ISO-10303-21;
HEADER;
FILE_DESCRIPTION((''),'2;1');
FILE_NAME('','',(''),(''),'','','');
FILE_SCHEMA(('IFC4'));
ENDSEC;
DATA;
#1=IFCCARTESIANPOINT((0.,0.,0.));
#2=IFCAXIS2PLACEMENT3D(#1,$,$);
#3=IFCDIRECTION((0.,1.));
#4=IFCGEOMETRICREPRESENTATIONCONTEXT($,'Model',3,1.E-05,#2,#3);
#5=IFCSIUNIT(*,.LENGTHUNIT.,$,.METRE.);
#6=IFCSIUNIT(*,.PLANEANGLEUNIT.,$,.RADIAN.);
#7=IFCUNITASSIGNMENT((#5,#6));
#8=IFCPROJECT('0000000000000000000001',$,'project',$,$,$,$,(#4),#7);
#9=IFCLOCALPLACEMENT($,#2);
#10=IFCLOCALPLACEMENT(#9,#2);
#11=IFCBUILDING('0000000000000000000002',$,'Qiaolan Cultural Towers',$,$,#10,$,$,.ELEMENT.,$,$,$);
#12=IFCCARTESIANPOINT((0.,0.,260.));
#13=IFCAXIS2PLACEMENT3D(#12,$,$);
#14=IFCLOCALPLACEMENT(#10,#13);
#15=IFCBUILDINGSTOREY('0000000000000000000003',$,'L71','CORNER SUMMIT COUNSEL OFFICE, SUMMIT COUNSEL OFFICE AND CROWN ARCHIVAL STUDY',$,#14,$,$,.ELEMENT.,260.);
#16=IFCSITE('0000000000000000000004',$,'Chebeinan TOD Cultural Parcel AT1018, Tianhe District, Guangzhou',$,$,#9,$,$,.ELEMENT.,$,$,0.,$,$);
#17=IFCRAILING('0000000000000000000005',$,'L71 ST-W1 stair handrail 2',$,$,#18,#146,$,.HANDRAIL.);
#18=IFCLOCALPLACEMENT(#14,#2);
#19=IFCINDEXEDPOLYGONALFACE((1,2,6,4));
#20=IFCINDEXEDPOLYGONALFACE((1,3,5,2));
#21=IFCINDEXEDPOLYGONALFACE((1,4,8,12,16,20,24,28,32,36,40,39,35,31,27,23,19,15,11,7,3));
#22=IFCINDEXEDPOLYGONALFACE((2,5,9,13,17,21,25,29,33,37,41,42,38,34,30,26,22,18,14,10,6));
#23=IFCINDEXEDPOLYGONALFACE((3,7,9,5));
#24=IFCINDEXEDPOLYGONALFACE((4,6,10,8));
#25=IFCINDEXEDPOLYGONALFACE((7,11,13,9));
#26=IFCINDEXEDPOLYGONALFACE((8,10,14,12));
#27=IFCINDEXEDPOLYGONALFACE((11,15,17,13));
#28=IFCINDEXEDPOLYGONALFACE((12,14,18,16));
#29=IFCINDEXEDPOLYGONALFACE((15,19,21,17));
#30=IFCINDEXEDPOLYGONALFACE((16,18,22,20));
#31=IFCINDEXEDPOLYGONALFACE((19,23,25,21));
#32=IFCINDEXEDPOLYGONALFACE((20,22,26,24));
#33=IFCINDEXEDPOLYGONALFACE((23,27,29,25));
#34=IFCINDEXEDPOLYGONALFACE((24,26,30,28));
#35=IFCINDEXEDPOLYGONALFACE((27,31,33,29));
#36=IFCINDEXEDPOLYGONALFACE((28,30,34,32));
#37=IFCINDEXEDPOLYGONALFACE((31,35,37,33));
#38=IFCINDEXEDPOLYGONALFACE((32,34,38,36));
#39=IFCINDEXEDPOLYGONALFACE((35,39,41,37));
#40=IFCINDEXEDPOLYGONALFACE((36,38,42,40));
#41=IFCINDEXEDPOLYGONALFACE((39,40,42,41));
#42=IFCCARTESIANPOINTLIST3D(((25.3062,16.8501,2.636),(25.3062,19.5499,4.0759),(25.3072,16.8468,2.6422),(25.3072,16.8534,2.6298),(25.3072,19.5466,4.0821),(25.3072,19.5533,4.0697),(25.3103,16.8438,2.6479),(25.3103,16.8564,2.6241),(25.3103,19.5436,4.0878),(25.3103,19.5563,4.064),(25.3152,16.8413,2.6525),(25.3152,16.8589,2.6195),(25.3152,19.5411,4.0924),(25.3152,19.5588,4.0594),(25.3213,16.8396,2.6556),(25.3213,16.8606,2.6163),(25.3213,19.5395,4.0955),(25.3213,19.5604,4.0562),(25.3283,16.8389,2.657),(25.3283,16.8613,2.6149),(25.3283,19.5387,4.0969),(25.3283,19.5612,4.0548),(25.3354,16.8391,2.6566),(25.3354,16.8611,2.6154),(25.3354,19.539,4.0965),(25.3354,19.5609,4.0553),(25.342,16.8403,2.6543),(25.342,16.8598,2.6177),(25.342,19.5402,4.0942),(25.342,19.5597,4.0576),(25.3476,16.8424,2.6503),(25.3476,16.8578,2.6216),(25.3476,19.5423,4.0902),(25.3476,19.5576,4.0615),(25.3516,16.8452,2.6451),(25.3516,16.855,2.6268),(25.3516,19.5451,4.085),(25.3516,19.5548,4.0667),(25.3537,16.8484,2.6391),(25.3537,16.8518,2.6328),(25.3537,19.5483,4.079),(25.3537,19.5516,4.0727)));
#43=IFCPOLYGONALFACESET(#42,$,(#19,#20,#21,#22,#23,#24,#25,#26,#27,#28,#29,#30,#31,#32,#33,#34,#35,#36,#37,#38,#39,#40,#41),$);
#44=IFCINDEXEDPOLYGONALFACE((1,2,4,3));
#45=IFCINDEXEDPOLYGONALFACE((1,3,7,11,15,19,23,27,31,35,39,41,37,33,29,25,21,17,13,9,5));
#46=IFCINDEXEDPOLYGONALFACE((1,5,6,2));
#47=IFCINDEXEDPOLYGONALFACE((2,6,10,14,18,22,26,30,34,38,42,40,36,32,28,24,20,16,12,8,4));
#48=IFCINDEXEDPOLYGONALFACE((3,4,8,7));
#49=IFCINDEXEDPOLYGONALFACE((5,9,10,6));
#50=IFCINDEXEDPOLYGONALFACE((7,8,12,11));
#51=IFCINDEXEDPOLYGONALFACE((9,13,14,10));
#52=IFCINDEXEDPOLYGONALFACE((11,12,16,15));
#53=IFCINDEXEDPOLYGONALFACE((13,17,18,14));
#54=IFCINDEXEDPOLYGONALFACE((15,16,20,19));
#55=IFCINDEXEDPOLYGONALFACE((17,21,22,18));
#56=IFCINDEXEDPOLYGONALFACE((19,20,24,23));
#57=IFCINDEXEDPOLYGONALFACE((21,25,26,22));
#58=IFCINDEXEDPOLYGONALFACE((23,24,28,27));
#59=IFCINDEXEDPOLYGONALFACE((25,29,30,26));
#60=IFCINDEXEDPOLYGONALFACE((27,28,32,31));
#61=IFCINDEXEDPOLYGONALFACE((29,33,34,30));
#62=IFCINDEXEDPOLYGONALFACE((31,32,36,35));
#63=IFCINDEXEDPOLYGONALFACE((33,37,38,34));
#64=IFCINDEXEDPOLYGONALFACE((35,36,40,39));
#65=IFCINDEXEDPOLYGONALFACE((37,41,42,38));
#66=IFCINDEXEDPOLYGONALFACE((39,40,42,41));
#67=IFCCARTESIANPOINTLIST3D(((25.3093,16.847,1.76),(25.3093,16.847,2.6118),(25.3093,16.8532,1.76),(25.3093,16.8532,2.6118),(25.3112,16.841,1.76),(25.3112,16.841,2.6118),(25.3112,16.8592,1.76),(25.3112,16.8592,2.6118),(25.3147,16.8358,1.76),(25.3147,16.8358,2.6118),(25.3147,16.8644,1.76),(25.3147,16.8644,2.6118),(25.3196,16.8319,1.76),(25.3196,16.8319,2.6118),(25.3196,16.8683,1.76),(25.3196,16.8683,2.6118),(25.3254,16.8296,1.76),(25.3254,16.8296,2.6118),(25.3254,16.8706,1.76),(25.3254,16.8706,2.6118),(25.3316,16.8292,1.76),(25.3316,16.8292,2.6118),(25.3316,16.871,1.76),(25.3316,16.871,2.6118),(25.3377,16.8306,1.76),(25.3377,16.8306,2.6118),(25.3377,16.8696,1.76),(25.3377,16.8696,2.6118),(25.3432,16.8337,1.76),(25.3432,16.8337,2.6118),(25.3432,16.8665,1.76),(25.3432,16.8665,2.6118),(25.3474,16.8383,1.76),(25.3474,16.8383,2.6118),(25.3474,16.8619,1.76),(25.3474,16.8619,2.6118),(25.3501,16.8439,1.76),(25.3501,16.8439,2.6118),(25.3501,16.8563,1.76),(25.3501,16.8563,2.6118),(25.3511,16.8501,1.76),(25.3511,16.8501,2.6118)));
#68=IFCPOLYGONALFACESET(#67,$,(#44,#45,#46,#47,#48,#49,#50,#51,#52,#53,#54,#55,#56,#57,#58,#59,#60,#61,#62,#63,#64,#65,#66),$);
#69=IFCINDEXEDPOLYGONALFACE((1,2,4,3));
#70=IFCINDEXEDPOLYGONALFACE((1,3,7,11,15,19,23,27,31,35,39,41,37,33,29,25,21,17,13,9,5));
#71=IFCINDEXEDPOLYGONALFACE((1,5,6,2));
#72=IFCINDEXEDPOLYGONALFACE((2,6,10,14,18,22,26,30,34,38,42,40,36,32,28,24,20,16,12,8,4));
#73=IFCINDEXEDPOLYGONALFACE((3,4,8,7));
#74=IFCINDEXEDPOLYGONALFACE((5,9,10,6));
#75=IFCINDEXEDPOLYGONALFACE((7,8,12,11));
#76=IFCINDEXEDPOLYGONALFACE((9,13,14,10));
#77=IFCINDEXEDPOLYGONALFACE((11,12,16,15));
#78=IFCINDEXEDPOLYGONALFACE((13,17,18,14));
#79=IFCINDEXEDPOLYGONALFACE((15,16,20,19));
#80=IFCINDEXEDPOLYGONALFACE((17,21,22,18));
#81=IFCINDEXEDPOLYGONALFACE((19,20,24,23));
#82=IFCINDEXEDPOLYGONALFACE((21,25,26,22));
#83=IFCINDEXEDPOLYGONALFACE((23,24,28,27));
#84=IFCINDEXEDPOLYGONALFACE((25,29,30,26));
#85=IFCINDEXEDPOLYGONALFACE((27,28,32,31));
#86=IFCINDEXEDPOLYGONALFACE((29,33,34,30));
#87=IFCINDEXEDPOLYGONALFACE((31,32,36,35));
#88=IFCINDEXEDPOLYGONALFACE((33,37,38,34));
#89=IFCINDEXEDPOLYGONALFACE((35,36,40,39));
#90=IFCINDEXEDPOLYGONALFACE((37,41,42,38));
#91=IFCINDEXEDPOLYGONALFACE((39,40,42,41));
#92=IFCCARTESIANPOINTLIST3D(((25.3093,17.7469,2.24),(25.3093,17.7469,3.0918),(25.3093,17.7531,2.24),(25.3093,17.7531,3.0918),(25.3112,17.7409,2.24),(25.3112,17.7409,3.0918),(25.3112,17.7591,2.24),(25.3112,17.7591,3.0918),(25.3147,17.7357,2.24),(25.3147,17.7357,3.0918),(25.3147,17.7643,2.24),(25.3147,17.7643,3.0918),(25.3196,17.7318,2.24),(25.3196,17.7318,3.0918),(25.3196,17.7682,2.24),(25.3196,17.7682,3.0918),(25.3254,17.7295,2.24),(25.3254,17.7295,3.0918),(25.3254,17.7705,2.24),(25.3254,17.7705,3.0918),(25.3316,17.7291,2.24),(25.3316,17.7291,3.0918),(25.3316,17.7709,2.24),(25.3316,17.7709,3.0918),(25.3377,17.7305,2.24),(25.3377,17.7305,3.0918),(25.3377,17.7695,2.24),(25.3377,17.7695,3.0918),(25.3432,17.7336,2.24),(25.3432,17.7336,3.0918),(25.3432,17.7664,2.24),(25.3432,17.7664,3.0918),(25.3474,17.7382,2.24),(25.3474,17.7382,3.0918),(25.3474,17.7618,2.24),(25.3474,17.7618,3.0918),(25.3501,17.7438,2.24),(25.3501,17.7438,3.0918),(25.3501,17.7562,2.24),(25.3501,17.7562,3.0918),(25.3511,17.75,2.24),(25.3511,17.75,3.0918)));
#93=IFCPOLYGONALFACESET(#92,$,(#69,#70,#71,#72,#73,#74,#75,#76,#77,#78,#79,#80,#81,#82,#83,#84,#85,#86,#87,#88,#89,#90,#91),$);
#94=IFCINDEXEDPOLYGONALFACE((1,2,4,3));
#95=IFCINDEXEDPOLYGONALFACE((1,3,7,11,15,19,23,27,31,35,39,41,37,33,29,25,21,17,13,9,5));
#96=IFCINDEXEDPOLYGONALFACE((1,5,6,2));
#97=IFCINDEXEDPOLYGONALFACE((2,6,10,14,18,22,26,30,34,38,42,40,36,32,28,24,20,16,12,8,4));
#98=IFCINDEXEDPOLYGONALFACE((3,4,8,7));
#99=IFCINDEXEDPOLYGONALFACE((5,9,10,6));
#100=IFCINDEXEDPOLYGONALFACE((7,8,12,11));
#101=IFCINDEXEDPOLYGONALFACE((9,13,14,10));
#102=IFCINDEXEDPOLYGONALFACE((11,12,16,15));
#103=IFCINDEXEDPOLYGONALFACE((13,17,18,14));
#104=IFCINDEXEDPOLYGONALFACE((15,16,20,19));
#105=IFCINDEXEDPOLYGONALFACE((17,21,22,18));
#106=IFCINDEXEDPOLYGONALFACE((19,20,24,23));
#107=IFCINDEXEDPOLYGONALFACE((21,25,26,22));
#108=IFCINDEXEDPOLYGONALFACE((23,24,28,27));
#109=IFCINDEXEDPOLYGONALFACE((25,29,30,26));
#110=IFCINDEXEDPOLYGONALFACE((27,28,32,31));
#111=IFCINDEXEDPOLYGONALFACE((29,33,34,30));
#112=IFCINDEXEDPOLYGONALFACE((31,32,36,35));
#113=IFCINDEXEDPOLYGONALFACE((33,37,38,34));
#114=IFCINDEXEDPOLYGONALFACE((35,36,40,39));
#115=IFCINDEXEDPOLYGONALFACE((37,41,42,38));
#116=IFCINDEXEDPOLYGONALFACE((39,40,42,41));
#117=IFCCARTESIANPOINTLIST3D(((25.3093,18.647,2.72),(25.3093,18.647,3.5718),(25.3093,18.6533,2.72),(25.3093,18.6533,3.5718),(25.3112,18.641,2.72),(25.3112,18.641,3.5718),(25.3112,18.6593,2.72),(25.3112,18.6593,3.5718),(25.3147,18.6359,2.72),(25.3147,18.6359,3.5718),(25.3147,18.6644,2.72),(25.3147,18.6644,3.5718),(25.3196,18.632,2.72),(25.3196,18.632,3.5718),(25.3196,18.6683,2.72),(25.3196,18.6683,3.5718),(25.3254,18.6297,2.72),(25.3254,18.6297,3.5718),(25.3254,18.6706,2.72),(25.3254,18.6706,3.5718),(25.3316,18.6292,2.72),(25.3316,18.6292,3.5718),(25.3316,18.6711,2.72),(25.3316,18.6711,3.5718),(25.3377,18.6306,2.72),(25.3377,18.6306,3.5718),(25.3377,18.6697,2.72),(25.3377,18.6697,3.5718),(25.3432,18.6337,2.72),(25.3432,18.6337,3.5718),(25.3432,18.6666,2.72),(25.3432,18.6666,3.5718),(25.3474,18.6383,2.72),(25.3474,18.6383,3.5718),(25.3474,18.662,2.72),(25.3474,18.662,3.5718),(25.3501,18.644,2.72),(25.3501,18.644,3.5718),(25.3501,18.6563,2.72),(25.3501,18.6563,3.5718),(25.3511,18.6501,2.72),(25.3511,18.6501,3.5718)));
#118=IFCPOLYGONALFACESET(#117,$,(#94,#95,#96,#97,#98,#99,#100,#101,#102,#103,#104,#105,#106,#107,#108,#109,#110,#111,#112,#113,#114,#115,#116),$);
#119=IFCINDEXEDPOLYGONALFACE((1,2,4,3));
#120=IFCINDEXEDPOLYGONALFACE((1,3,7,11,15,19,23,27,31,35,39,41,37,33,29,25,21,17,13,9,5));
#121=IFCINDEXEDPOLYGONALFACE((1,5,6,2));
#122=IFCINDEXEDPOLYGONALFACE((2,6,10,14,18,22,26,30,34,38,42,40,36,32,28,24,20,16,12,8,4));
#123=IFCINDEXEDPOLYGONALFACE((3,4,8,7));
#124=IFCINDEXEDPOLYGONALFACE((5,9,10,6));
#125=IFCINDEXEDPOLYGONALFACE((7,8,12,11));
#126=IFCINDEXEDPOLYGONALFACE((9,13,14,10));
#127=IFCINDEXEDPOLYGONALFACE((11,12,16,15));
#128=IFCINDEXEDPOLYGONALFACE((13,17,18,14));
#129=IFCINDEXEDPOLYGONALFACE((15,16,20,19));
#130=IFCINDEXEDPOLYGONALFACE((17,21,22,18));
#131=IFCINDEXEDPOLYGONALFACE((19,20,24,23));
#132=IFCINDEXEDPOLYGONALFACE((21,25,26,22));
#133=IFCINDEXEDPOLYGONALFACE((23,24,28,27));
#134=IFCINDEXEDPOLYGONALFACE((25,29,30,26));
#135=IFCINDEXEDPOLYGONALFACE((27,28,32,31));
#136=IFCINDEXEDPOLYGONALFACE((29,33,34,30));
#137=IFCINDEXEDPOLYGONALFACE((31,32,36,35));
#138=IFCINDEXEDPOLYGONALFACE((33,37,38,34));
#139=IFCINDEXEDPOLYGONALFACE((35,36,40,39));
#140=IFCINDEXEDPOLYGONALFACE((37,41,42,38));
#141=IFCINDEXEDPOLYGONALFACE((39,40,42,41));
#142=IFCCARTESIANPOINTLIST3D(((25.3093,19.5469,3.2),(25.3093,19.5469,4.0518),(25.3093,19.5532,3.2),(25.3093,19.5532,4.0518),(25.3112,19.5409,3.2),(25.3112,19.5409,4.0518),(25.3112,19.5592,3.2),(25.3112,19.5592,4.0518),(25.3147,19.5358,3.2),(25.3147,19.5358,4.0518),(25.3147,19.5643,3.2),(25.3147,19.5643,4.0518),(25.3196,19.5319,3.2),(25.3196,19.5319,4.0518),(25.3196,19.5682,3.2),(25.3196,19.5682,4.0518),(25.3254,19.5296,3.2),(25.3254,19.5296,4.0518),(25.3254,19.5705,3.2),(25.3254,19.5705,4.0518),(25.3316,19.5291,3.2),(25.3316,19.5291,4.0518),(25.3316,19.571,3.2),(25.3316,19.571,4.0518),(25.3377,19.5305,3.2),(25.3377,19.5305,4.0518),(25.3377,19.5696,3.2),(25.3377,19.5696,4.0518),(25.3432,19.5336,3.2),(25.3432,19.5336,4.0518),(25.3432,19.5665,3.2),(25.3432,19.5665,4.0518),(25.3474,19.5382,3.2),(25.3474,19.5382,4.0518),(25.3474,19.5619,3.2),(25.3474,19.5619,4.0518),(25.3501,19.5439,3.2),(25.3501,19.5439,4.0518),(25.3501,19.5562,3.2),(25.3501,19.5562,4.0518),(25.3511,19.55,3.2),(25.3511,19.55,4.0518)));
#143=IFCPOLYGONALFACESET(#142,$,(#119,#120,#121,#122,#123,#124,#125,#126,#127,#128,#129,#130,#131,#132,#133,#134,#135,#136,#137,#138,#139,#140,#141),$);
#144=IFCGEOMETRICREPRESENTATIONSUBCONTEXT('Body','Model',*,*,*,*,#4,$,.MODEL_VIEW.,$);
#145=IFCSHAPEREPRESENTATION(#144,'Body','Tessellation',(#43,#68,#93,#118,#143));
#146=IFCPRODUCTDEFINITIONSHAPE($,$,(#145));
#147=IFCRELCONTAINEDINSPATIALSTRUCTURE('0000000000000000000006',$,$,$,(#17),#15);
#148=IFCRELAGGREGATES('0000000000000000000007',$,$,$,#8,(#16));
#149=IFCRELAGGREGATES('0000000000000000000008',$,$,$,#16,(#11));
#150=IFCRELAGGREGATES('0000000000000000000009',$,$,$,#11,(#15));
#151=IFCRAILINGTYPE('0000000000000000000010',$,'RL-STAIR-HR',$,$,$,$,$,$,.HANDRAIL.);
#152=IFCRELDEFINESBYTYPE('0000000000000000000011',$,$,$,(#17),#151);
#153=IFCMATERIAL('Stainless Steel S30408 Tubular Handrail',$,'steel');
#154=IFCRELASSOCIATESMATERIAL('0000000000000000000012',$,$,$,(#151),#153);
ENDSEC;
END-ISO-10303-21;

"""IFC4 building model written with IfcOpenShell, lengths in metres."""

from ifc_helpers import new_model, si_unit, direction, frame, origin, origin_2d, place, context, subcontext, project, spatial, circle, extrude, material, type_object, element, save


model = new_model("IFC4")

# Units and contexts
model_context = context("Model", 3, precision=1e-05, world=origin(), true_north=direction((0.0, 1.0)))
body_context = subcontext(model_context, "Body", "Model", "MODEL_VIEW")
ifc_project = project(units=[si_unit("LENGTHUNIT", "METRE"), si_unit("PLANEANGLEUNIT", "RADIAN")], contexts=[model_context])

# Site, building, storey
site_placement = place(None, origin())
site = spatial("IfcSite", under=ifc_project, at=site_placement, Name="Chebeinan TOD Cultural Parcel AT1018, Tianhe District, Guangzhou", CompositionType="ELEMENT", RefElevation=0.0)
building_placement = place(site_placement, origin())
building = spatial("IfcBuilding", under=site, at=building_placement, Name="Qiaolan Cultural Towers", CompositionType="ELEMENT")
storey_placement = place(building_placement, frame((0.0, 0.0, 260.0)))
storey = spatial("IfcBuildingStorey", under=building, at=storey_placement, Name="L71", Description="CORNER SUMMIT COUNSEL OFFICE, SUMMIT COUNSEL OFFICE AND CROWN ARCHIVAL STUDY", CompositionType="ELEMENT", Elevation=260.0)

# Railing
ifc_material_1 = material(Name="Stainless Steel S30408 Tubular Handrail", Category="steel")
railing_type = type_object("IfcRailingType", Name="RL-STAIR-HR", PredefinedType="HANDRAIL", material=ifc_material_1)
railing_placement = place(storey_placement, frame((25.3301, 16.8501, 1.76)))
element("IfcRailing", 1, at=railing_placement, inside=storey, type_object=railing_type, Name="L71 ST-W1 stair handrail 2", PredefinedType="HANDRAIL", context=body_context, shape_type="SweptSolid", body=[
    extrude(circle(Radius=0.0239, at=origin_2d()), frame((0.0, 0.0, 0.876), z_axis=(0.0, 0.882357, 0.47058), x_axis=(-1.0, 0.0, 0.0)), (0.0, 0.0, 1.0), 3.0598),
    extrude(circle(Radius=0.021, at=origin_2d()), origin(), (0.0, 0.0, 1.0), 0.8518),
    extrude(circle(Radius=0.021, at=origin_2d()), frame((0.0, 0.8999, 0.48)), (0.0, 0.0, 1.0), 0.8518),
    extrude(circle(Radius=0.021, at=origin_2d()), frame((0.0, 1.8, 0.96)), (0.0, 0.0, 1.0), 0.8518),
    extrude(circle(Radius=0.021, at=origin_2d()), frame((0.0, 2.7, 1.4399)), (0.0, 0.0, 1.0), 0.8518),
])

save(model, "model.ifc")
